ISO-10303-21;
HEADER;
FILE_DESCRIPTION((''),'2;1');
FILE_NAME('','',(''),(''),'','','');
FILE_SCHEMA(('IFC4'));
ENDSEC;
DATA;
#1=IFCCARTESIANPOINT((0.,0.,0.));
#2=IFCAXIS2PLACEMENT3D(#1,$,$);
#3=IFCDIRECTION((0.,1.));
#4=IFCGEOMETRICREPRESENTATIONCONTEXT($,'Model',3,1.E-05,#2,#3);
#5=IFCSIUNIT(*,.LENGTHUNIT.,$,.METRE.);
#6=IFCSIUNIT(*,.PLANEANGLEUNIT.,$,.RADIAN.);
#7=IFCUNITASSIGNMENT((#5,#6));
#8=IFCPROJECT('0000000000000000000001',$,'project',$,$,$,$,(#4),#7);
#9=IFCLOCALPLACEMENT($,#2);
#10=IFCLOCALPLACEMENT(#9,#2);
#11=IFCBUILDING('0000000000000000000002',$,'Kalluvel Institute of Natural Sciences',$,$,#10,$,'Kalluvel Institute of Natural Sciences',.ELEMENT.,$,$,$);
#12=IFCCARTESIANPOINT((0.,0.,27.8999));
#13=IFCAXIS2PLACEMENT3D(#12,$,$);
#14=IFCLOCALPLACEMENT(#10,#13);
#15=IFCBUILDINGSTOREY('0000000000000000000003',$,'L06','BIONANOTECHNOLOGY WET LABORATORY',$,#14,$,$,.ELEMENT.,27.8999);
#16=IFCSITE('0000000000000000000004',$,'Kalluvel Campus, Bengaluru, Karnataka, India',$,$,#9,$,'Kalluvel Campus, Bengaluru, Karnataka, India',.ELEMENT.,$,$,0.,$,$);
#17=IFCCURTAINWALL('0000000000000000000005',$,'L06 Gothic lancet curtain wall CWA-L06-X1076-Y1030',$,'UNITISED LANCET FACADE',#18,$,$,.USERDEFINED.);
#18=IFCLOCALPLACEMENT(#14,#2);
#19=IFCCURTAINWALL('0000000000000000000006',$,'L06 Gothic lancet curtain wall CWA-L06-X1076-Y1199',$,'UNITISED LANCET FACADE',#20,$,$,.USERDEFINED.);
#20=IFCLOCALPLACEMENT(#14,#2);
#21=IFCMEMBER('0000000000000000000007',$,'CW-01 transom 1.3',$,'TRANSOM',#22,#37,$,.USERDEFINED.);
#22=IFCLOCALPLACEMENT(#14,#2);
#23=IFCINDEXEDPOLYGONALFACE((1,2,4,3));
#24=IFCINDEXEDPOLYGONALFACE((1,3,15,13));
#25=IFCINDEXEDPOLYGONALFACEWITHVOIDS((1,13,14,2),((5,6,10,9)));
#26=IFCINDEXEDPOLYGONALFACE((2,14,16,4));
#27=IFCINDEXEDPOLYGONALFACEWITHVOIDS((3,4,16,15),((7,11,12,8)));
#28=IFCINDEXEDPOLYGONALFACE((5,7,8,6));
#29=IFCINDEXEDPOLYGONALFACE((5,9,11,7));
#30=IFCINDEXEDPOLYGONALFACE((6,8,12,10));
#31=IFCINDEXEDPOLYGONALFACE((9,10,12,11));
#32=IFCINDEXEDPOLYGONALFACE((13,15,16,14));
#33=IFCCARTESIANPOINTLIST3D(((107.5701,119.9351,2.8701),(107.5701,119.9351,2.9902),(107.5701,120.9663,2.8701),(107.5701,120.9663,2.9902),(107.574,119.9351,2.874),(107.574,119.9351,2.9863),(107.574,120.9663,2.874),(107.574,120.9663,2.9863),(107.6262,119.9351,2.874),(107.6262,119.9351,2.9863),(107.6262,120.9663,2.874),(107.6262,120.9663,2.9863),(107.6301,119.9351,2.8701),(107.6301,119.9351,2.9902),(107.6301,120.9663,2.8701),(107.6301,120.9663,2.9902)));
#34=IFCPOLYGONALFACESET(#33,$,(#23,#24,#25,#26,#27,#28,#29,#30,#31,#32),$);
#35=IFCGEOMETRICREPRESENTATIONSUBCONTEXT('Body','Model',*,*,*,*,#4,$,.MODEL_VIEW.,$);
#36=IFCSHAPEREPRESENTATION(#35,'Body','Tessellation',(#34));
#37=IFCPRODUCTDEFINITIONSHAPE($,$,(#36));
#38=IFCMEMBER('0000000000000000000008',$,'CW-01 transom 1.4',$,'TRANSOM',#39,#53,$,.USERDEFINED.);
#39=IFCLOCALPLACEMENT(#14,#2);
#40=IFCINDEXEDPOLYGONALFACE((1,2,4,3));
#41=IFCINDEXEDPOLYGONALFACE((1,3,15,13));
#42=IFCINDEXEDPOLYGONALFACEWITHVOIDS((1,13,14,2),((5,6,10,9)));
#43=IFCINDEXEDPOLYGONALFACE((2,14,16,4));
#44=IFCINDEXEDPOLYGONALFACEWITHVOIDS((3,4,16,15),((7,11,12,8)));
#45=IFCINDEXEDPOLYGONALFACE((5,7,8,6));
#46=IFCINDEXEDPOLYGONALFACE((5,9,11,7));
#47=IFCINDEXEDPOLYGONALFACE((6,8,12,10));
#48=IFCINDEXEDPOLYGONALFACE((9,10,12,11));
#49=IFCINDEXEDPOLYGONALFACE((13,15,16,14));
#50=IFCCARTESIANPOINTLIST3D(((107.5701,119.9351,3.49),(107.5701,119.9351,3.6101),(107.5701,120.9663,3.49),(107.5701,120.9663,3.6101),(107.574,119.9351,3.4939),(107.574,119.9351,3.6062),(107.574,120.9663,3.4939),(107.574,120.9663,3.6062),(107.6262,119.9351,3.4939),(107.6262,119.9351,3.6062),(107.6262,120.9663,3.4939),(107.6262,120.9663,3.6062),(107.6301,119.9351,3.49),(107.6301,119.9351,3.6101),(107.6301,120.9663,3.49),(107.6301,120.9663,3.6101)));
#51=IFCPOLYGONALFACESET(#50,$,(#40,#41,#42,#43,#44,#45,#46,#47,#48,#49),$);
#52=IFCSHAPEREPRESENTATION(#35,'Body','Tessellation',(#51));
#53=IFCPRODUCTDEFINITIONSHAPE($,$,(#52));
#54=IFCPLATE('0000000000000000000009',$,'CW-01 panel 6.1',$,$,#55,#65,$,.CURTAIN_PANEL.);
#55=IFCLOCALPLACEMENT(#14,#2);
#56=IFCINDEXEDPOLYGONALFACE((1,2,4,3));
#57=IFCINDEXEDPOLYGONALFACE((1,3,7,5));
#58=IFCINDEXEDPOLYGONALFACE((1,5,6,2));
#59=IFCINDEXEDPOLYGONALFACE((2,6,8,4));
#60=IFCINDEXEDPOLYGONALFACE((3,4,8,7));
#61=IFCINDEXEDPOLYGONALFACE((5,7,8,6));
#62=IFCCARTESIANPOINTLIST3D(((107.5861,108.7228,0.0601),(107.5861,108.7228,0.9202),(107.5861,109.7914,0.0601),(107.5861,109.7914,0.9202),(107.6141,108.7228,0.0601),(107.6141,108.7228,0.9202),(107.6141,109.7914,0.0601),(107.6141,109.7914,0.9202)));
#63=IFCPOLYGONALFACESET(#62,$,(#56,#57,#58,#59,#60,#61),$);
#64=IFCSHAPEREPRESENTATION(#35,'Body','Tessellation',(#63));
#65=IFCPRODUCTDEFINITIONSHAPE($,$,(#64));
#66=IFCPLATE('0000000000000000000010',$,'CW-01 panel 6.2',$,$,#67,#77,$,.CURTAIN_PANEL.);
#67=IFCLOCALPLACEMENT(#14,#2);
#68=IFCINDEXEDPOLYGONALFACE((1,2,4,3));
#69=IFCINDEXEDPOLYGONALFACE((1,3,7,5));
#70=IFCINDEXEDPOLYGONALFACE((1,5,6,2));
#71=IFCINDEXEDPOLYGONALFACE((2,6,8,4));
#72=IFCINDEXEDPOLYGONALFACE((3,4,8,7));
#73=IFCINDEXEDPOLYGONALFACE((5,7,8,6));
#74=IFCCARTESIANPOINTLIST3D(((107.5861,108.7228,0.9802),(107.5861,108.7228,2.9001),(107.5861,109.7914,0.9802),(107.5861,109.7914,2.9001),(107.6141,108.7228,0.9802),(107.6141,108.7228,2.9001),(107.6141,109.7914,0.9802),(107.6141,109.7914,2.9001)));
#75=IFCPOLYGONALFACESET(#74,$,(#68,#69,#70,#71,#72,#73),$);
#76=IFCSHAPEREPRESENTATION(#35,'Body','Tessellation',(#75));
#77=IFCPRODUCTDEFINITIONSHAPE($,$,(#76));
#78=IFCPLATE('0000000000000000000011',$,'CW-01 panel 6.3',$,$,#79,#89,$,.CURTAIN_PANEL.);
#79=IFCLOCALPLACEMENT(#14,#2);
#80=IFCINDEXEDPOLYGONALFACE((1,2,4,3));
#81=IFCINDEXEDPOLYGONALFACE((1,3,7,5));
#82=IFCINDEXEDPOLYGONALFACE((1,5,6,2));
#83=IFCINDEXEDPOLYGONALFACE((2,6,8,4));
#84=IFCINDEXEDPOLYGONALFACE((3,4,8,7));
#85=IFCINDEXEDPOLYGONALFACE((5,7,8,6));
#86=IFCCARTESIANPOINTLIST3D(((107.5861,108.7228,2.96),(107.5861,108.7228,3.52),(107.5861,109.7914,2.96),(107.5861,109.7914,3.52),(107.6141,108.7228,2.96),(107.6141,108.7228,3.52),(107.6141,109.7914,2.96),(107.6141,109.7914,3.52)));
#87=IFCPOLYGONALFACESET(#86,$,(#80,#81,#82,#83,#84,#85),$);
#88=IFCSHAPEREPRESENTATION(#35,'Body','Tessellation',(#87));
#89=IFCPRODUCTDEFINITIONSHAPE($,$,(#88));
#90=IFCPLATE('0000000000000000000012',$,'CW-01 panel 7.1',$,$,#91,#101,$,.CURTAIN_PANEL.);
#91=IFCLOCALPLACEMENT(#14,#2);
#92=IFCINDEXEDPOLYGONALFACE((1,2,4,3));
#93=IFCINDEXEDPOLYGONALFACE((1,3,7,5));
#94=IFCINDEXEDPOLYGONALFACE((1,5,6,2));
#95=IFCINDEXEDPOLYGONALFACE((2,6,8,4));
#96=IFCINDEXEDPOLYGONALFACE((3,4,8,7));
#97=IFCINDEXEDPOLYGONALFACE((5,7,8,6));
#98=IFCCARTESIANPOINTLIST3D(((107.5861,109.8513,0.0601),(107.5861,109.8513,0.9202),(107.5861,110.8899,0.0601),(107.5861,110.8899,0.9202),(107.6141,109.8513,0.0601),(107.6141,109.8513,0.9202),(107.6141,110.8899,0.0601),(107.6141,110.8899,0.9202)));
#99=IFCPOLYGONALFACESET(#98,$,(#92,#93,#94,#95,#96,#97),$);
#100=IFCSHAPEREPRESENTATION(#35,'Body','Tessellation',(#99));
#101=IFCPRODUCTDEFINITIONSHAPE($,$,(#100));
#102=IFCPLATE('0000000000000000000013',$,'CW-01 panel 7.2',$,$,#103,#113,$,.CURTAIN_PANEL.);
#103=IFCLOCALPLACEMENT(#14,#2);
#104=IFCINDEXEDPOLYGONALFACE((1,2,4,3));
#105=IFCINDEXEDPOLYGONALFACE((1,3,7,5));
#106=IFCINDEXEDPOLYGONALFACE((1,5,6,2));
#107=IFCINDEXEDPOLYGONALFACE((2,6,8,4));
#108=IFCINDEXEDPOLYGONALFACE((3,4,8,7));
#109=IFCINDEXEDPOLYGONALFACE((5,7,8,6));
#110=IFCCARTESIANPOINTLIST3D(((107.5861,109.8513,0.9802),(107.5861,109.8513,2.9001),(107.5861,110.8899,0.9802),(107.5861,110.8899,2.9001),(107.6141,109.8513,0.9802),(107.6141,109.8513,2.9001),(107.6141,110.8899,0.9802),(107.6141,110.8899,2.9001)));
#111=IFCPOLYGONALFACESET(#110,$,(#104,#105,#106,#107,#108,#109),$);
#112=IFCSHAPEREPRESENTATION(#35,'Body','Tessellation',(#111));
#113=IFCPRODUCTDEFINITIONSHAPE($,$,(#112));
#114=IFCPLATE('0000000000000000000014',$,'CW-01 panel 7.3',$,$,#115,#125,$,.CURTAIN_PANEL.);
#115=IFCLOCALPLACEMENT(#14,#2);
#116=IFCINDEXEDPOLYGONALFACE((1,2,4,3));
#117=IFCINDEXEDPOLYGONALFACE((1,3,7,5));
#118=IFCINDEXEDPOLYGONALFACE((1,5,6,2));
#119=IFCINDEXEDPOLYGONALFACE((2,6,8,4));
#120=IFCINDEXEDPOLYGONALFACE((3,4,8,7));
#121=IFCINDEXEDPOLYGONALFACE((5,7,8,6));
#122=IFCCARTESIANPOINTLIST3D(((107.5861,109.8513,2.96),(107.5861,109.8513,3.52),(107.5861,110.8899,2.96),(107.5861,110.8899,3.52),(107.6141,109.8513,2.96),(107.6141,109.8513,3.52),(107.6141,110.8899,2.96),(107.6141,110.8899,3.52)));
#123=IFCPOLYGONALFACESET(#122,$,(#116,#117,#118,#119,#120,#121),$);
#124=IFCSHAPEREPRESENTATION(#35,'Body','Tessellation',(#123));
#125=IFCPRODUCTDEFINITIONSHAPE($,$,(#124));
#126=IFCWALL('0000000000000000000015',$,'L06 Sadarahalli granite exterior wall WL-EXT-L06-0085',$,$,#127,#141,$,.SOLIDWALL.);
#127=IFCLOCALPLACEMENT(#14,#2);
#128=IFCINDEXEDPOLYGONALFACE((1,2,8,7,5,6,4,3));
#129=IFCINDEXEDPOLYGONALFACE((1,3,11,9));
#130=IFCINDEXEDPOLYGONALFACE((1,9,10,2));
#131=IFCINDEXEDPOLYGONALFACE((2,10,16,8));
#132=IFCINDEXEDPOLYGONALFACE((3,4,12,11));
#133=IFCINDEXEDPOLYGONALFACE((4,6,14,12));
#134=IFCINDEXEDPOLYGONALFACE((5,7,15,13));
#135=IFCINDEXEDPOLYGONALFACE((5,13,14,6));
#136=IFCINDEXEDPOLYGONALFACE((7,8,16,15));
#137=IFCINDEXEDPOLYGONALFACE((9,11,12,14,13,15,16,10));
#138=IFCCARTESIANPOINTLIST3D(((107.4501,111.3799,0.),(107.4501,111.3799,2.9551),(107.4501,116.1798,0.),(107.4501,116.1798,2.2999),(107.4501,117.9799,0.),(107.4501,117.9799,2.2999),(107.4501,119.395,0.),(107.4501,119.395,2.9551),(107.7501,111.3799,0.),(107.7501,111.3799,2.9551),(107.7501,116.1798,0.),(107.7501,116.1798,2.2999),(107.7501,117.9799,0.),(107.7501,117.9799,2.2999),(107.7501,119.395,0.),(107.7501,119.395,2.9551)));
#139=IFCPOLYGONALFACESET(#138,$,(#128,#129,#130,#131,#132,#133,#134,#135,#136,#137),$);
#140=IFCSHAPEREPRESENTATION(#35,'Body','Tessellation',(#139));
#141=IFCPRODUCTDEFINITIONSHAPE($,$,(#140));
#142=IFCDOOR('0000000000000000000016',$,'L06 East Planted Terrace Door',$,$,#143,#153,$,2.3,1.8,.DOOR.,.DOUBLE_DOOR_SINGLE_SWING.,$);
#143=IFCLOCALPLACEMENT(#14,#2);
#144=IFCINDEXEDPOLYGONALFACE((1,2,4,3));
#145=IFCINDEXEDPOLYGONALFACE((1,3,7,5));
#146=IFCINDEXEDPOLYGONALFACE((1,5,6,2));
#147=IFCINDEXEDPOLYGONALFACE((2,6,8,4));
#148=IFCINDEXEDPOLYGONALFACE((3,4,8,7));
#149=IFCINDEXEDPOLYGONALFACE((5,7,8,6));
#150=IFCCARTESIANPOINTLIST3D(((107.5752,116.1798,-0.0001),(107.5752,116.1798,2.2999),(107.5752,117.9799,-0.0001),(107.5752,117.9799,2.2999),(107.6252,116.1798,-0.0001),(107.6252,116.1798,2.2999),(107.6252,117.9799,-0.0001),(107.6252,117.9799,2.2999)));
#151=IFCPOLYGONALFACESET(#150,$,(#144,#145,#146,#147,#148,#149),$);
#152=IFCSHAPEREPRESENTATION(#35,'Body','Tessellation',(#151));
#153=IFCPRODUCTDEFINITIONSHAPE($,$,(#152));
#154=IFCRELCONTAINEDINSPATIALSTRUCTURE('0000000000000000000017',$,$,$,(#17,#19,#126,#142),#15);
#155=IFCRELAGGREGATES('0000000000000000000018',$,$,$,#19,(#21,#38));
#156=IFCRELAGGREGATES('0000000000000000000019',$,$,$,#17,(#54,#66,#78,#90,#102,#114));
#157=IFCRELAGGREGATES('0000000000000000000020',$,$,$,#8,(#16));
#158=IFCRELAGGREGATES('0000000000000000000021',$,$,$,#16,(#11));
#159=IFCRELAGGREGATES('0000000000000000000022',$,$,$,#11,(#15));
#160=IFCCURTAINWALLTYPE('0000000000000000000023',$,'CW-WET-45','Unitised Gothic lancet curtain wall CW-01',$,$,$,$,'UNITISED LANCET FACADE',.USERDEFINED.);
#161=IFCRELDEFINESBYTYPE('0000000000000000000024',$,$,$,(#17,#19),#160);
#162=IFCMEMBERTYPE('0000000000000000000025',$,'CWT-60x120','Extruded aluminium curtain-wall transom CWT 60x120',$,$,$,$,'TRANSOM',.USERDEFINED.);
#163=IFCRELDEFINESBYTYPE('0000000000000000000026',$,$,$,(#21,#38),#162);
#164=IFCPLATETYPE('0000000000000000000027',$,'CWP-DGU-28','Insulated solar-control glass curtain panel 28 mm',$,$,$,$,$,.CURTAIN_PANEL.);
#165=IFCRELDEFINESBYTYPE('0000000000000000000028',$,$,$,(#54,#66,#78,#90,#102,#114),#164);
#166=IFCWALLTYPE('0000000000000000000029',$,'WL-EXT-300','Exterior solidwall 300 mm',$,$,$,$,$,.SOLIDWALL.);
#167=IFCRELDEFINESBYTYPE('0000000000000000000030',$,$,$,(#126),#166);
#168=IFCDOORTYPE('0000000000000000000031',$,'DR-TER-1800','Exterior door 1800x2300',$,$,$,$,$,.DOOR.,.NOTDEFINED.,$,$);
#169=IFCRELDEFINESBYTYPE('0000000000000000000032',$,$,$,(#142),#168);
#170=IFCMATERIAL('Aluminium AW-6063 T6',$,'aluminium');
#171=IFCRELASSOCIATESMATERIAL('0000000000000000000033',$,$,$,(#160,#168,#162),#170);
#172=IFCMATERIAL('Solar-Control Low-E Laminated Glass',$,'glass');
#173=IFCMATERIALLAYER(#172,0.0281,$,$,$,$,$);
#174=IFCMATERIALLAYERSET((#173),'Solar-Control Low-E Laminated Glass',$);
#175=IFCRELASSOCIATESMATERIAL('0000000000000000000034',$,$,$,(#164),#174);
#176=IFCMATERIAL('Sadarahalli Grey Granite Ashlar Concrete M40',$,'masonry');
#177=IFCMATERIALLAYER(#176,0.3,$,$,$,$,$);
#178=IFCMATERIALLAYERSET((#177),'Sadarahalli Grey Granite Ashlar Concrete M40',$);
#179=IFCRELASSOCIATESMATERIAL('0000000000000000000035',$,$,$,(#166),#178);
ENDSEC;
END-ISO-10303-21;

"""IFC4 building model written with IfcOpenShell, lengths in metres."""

from ifc_helpers import new_model, si_unit, direction, frame, frame_2d, origin, origin_2d, place, context, subcontext, project, spatial, rectangle, hollow_rectangle, extrude, material, layer, layer_set, material_profile, profile_set, type_object, element, fill, aggregate, save


model = new_model("IFC4")

# Units and contexts
model_context = context("Model", 3, precision=1e-05, world=origin(), true_north=direction((0.0, 1.0)))
body_context = subcontext(model_context, "Body", "Model", "MODEL_VIEW")
ifc_project = project(units=[si_unit("LENGTHUNIT", "METRE"), si_unit("PLANEANGLEUNIT", "RADIAN")], contexts=[model_context])

# Site, building, storey
site_placement = place(None, origin())
site = spatial("IfcSite", under=ifc_project, at=site_placement, Name="Kalluvel Campus, Bengaluru, Karnataka, India", LongName="Kalluvel Campus, Bengaluru, Karnataka, India", CompositionType="ELEMENT", RefElevation=0.0)
building_placement = place(site_placement, origin())
building = spatial("IfcBuilding", under=site, at=building_placement, Name="Kalluvel Institute of Natural Sciences", LongName="Kalluvel Institute of Natural Sciences", CompositionType="ELEMENT")
storey_placement = place(building_placement, frame((0.0, 0.0, 27.8999)))
storey = spatial("IfcBuildingStorey", under=building, at=storey_placement, Name="L06", Description="BIONANOTECHNOLOGY WET LABORATORY", CompositionType="ELEMENT", Elevation=27.8999)

# Curtain wall
ifc_material_1 = material(Name="Aluminium AW-6063 T6", Category="aluminium")
curtain_wall_type = type_object("IfcCurtainWallType", Name="CW-WET-45", Description="Unitised Gothic lancet curtain wall CW-01", ElementType="UNITISED LANCET FACADE", PredefinedType="USERDEFINED", material=ifc_material_1)
curtain_wall_1_placement = place(storey_placement, origin())
curtain_wall_1 = element("IfcCurtainWall", 1, at=curtain_wall_1_placement, inside=storey, type_object=curtain_wall_type, Name="L06 Gothic lancet curtain wall CWA-L06-X1076-Y1030", ObjectType="UNITISED LANCET FACADE", PredefinedType="USERDEFINED")

# Curtain wall
curtain_wall_2_placement = place(storey_placement, origin())
curtain_wall_2 = element("IfcCurtainWall", 2, at=curtain_wall_2_placement, inside=storey, type_object=curtain_wall_type, Name="L06 Gothic lancet curtain wall CWA-L06-X1076-Y1199", ObjectType="UNITISED LANCET FACADE", PredefinedType="USERDEFINED")

# Members
ifc_material_profile_1 = material_profile(ifc_material_1, hollow_rectangle(XDim=0.0601, YDim=0.1201, WallThickness=0.0039, at=origin_2d()), Name="CWT 60x120")
ifc_profile_set_1 = profile_set([ifc_material_profile_1], Name="Aluminium AW-6063 T6")
member_type_1 = type_object("IfcMemberType", Name="CWT-60x120", Description="Extruded aluminium curtain-wall transom CWT 60x120", ElementType="TRANSOM", PredefinedType="USERDEFINED", material=ifc_profile_set_1)
member_1_placement = place(storey_placement, frame((107.6001, 119.9351, 2.9302), z_axis=(0.0, 1.0, 0.0), x_axis=(-1.0, 0.0, 0.0)))
member_1 = element("IfcMember", 3, at=member_1_placement, type_object=member_type_1, Name="CW-01 transom 1.3", ObjectType="TRANSOM", PredefinedType="USERDEFINED", context=body_context, shape_type="SweptSolid", body=[
    extrude(hollow_rectangle(XDim=0.0601, YDim=0.1201, WallThickness=0.0039, at=origin_2d()), origin(), (0.0, 0.0, 1.0), 1.0312),
])
member_2_placement = place(storey_placement, frame((107.6001, 119.9351, 3.55), z_axis=(0.0, 1.0, 0.0), x_axis=(-1.0, 0.0, 0.0)))
member_2 = element("IfcMember", 4, at=member_2_placement, type_object=member_type_1, Name="CW-01 transom 1.4", ObjectType="TRANSOM", PredefinedType="USERDEFINED", context=body_context, shape_type="SweptSolid", body=[
    extrude(hollow_rectangle(XDim=0.0601, YDim=0.1201, WallThickness=0.0039, at=origin_2d()), origin(), (0.0, 0.0, 1.0), 1.0312),
])
aggregate(curtain_wall_2, [member_1, member_2])

# Plates
ifc_material_2 = material(Name="Solar-Control Low-E Laminated Glass", Category="glass")
ifc_layer_1 = layer(ifc_material_2, 0.0281)
ifc_layer_set_1 = layer_set([ifc_layer_1], Name="Solar-Control Low-E Laminated Glass")
plate_type = type_object("IfcPlateType", Name="CWP-DGU-28", Description="Insulated solar-control glass curtain panel 28 mm", PredefinedType="CURTAIN_PANEL", material=ifc_layer_set_1)
plate_1_placement = place(storey_placement, frame((107.6001, 109.2571, 0.0601), z_axis=(0.0, 0.0, 1.0), x_axis=(0.0, 1.0, 0.0)))
plate_1 = element("IfcPlate", 5, at=plate_1_placement, type_object=plate_type, Name="CW-01 panel 6.1", PredefinedType="CURTAIN_PANEL", context=body_context, shape_type="SweptSolid", body=[
    extrude(rectangle(XDim=1.0686, YDim=0.0281, at=origin_2d()), origin(), (0.0, 0.0, 1.0), 0.8601),
])
plate_2_placement = place(storey_placement, frame((107.6001, 109.2571, 0.9802), z_axis=(0.0, 0.0, 1.0), x_axis=(0.0, 1.0, 0.0)))
plate_2 = element("IfcPlate", 6, at=plate_2_placement, type_object=plate_type, Name="CW-01 panel 6.2", PredefinedType="CURTAIN_PANEL", context=body_context, shape_type="SweptSolid", body=[
    extrude(rectangle(XDim=1.0686, YDim=0.0281, at=origin_2d()), origin(), (0.0, 0.0, 1.0), 1.9199),
])
plate_3_placement = place(storey_placement, frame((107.6001, 109.2571, 2.96), z_axis=(0.0, 0.0, 1.0), x_axis=(0.0, 1.0, 0.0)))
plate_3 = element("IfcPlate", 7, at=plate_3_placement, type_object=plate_type, Name="CW-01 panel 6.3", PredefinedType="CURTAIN_PANEL", context=body_context, shape_type="SweptSolid", body=[
    extrude(rectangle(XDim=1.0686, YDim=0.0281, at=origin_2d()), origin(), (0.0, 0.0, 1.0), 0.5601),
])
plate_4_placement = place(storey_placement, frame((107.6001, 110.3706, 0.0601), z_axis=(0.0, 0.0, 1.0), x_axis=(0.0, 1.0, 0.0)))
plate_4 = element("IfcPlate", 8, at=plate_4_placement, type_object=plate_type, Name="CW-01 panel 7.1", PredefinedType="CURTAIN_PANEL", context=body_context, shape_type="SweptSolid", body=[
    extrude(rectangle(XDim=1.0386, YDim=0.0281, at=origin_2d()), origin(), (0.0, 0.0, 1.0), 0.8601),
])
plate_5_placement = place(storey_placement, frame((107.6001, 110.3706, 0.9802), z_axis=(0.0, 0.0, 1.0), x_axis=(0.0, 1.0, 0.0)))
plate_5 = element("IfcPlate", 9, at=plate_5_placement, type_object=plate_type, Name="CW-01 panel 7.2", PredefinedType="CURTAIN_PANEL", context=body_context, shape_type="SweptSolid", body=[
    extrude(rectangle(XDim=1.0386, YDim=0.0281, at=origin_2d()), origin(), (0.0, 0.0, 1.0), 1.9199),
])
plate_6_placement = place(storey_placement, frame((107.6001, 110.3706, 2.96), z_axis=(0.0, 0.0, 1.0), x_axis=(0.0, 1.0, 0.0)))
plate_6 = element("IfcPlate", 10, at=plate_6_placement, type_object=plate_type, Name="CW-01 panel 7.3", PredefinedType="CURTAIN_PANEL", context=body_context, shape_type="SweptSolid", body=[
    extrude(rectangle(XDim=1.0386, YDim=0.0281, at=origin_2d()), origin(), (0.0, 0.0, 1.0), 0.5601),
])
aggregate(curtain_wall_1, [plate_1, plate_2, plate_3, plate_4, plate_5, plate_6])

# Wall, opening, door
ifc_material_3 = material(Name="Sadarahalli Grey Granite Ashlar Concrete M40", Category="masonry")
ifc_layer_2 = layer(ifc_material_3, 0.3)
ifc_layer_set_2 = layer_set([ifc_layer_2], Name="Sadarahalli Grey Granite Ashlar Concrete M40")
wall_type = type_object("IfcWallType", Name="WL-EXT-300", Description="Exterior solidwall 300 mm", PredefinedType="SOLIDWALL", material=ifc_layer_set_2)
wall_placement = place(storey_placement, frame((107.6001, 111.3799, 0.0), z_axis=(0.0, 0.0, 1.0), x_axis=(0.0, 1.0, 0.0)))
wall = element("IfcWall", 11, at=wall_placement, inside=storey, type_object=wall_type, Name="L06 Sadarahalli granite exterior wall WL-EXT-L06-0085", PredefinedType="SOLIDWALL", context=body_context, shape_type="SweptSolid", body=[
    extrude(rectangle(XDim=8.0151, YDim=0.3, at=frame_2d((4.0076, 0.0))), origin(), (0.0, 0.0, 1.0), 2.9551),
])
opening_placement = place(wall_placement, frame((4.8, 0.0, 0.0)))
opening = element("IfcOpeningElement", 12, at=opening_placement, cuts=wall, PredefinedType="OPENING", context=body_context, shape_type="SweptSolid", body=[
    extrude(rectangle(XDim=1.8, YDim=2.3, at=frame_2d((0.8999, 1.1499))), frame((0.0, 0.1599, 0.0), z_axis=(0.0, -1.0, 0.0), x_axis=(1.0, 0.0, 0.0)), (0.0, 0.0, 1.0), 0.3201),
])
door_type = type_object("IfcDoorType", Name="DR-TER-1800", Description="Exterior door 1800x2300", OperationType="NOTDEFINED", PredefinedType="DOOR", material=ifc_material_1)
door_placement = place(opening_placement, origin())
door = element("IfcDoor", 13, at=door_placement, inside=storey, type_object=door_type, Name="L06 East Planted Terrace Door", OperationType="DOUBLE_DOOR_SINGLE_SWING", OverallHeight=2.3, OverallWidth=1.8, PredefinedType="DOOR", context=body_context, shape_type="SweptSolid", body=[
    extrude(rectangle(XDim=1.8, YDim=2.3, at=frame_2d((0.8999, 1.1499))), frame((0.0, 0.0249, 0.0), z_axis=(0.0, -1.0, 0.0), x_axis=(1.0, 0.0, 0.0)), (0.0, 0.0, 1.0), 0.05),
])
fill(opening, door)

save(model, "model.ifc")
